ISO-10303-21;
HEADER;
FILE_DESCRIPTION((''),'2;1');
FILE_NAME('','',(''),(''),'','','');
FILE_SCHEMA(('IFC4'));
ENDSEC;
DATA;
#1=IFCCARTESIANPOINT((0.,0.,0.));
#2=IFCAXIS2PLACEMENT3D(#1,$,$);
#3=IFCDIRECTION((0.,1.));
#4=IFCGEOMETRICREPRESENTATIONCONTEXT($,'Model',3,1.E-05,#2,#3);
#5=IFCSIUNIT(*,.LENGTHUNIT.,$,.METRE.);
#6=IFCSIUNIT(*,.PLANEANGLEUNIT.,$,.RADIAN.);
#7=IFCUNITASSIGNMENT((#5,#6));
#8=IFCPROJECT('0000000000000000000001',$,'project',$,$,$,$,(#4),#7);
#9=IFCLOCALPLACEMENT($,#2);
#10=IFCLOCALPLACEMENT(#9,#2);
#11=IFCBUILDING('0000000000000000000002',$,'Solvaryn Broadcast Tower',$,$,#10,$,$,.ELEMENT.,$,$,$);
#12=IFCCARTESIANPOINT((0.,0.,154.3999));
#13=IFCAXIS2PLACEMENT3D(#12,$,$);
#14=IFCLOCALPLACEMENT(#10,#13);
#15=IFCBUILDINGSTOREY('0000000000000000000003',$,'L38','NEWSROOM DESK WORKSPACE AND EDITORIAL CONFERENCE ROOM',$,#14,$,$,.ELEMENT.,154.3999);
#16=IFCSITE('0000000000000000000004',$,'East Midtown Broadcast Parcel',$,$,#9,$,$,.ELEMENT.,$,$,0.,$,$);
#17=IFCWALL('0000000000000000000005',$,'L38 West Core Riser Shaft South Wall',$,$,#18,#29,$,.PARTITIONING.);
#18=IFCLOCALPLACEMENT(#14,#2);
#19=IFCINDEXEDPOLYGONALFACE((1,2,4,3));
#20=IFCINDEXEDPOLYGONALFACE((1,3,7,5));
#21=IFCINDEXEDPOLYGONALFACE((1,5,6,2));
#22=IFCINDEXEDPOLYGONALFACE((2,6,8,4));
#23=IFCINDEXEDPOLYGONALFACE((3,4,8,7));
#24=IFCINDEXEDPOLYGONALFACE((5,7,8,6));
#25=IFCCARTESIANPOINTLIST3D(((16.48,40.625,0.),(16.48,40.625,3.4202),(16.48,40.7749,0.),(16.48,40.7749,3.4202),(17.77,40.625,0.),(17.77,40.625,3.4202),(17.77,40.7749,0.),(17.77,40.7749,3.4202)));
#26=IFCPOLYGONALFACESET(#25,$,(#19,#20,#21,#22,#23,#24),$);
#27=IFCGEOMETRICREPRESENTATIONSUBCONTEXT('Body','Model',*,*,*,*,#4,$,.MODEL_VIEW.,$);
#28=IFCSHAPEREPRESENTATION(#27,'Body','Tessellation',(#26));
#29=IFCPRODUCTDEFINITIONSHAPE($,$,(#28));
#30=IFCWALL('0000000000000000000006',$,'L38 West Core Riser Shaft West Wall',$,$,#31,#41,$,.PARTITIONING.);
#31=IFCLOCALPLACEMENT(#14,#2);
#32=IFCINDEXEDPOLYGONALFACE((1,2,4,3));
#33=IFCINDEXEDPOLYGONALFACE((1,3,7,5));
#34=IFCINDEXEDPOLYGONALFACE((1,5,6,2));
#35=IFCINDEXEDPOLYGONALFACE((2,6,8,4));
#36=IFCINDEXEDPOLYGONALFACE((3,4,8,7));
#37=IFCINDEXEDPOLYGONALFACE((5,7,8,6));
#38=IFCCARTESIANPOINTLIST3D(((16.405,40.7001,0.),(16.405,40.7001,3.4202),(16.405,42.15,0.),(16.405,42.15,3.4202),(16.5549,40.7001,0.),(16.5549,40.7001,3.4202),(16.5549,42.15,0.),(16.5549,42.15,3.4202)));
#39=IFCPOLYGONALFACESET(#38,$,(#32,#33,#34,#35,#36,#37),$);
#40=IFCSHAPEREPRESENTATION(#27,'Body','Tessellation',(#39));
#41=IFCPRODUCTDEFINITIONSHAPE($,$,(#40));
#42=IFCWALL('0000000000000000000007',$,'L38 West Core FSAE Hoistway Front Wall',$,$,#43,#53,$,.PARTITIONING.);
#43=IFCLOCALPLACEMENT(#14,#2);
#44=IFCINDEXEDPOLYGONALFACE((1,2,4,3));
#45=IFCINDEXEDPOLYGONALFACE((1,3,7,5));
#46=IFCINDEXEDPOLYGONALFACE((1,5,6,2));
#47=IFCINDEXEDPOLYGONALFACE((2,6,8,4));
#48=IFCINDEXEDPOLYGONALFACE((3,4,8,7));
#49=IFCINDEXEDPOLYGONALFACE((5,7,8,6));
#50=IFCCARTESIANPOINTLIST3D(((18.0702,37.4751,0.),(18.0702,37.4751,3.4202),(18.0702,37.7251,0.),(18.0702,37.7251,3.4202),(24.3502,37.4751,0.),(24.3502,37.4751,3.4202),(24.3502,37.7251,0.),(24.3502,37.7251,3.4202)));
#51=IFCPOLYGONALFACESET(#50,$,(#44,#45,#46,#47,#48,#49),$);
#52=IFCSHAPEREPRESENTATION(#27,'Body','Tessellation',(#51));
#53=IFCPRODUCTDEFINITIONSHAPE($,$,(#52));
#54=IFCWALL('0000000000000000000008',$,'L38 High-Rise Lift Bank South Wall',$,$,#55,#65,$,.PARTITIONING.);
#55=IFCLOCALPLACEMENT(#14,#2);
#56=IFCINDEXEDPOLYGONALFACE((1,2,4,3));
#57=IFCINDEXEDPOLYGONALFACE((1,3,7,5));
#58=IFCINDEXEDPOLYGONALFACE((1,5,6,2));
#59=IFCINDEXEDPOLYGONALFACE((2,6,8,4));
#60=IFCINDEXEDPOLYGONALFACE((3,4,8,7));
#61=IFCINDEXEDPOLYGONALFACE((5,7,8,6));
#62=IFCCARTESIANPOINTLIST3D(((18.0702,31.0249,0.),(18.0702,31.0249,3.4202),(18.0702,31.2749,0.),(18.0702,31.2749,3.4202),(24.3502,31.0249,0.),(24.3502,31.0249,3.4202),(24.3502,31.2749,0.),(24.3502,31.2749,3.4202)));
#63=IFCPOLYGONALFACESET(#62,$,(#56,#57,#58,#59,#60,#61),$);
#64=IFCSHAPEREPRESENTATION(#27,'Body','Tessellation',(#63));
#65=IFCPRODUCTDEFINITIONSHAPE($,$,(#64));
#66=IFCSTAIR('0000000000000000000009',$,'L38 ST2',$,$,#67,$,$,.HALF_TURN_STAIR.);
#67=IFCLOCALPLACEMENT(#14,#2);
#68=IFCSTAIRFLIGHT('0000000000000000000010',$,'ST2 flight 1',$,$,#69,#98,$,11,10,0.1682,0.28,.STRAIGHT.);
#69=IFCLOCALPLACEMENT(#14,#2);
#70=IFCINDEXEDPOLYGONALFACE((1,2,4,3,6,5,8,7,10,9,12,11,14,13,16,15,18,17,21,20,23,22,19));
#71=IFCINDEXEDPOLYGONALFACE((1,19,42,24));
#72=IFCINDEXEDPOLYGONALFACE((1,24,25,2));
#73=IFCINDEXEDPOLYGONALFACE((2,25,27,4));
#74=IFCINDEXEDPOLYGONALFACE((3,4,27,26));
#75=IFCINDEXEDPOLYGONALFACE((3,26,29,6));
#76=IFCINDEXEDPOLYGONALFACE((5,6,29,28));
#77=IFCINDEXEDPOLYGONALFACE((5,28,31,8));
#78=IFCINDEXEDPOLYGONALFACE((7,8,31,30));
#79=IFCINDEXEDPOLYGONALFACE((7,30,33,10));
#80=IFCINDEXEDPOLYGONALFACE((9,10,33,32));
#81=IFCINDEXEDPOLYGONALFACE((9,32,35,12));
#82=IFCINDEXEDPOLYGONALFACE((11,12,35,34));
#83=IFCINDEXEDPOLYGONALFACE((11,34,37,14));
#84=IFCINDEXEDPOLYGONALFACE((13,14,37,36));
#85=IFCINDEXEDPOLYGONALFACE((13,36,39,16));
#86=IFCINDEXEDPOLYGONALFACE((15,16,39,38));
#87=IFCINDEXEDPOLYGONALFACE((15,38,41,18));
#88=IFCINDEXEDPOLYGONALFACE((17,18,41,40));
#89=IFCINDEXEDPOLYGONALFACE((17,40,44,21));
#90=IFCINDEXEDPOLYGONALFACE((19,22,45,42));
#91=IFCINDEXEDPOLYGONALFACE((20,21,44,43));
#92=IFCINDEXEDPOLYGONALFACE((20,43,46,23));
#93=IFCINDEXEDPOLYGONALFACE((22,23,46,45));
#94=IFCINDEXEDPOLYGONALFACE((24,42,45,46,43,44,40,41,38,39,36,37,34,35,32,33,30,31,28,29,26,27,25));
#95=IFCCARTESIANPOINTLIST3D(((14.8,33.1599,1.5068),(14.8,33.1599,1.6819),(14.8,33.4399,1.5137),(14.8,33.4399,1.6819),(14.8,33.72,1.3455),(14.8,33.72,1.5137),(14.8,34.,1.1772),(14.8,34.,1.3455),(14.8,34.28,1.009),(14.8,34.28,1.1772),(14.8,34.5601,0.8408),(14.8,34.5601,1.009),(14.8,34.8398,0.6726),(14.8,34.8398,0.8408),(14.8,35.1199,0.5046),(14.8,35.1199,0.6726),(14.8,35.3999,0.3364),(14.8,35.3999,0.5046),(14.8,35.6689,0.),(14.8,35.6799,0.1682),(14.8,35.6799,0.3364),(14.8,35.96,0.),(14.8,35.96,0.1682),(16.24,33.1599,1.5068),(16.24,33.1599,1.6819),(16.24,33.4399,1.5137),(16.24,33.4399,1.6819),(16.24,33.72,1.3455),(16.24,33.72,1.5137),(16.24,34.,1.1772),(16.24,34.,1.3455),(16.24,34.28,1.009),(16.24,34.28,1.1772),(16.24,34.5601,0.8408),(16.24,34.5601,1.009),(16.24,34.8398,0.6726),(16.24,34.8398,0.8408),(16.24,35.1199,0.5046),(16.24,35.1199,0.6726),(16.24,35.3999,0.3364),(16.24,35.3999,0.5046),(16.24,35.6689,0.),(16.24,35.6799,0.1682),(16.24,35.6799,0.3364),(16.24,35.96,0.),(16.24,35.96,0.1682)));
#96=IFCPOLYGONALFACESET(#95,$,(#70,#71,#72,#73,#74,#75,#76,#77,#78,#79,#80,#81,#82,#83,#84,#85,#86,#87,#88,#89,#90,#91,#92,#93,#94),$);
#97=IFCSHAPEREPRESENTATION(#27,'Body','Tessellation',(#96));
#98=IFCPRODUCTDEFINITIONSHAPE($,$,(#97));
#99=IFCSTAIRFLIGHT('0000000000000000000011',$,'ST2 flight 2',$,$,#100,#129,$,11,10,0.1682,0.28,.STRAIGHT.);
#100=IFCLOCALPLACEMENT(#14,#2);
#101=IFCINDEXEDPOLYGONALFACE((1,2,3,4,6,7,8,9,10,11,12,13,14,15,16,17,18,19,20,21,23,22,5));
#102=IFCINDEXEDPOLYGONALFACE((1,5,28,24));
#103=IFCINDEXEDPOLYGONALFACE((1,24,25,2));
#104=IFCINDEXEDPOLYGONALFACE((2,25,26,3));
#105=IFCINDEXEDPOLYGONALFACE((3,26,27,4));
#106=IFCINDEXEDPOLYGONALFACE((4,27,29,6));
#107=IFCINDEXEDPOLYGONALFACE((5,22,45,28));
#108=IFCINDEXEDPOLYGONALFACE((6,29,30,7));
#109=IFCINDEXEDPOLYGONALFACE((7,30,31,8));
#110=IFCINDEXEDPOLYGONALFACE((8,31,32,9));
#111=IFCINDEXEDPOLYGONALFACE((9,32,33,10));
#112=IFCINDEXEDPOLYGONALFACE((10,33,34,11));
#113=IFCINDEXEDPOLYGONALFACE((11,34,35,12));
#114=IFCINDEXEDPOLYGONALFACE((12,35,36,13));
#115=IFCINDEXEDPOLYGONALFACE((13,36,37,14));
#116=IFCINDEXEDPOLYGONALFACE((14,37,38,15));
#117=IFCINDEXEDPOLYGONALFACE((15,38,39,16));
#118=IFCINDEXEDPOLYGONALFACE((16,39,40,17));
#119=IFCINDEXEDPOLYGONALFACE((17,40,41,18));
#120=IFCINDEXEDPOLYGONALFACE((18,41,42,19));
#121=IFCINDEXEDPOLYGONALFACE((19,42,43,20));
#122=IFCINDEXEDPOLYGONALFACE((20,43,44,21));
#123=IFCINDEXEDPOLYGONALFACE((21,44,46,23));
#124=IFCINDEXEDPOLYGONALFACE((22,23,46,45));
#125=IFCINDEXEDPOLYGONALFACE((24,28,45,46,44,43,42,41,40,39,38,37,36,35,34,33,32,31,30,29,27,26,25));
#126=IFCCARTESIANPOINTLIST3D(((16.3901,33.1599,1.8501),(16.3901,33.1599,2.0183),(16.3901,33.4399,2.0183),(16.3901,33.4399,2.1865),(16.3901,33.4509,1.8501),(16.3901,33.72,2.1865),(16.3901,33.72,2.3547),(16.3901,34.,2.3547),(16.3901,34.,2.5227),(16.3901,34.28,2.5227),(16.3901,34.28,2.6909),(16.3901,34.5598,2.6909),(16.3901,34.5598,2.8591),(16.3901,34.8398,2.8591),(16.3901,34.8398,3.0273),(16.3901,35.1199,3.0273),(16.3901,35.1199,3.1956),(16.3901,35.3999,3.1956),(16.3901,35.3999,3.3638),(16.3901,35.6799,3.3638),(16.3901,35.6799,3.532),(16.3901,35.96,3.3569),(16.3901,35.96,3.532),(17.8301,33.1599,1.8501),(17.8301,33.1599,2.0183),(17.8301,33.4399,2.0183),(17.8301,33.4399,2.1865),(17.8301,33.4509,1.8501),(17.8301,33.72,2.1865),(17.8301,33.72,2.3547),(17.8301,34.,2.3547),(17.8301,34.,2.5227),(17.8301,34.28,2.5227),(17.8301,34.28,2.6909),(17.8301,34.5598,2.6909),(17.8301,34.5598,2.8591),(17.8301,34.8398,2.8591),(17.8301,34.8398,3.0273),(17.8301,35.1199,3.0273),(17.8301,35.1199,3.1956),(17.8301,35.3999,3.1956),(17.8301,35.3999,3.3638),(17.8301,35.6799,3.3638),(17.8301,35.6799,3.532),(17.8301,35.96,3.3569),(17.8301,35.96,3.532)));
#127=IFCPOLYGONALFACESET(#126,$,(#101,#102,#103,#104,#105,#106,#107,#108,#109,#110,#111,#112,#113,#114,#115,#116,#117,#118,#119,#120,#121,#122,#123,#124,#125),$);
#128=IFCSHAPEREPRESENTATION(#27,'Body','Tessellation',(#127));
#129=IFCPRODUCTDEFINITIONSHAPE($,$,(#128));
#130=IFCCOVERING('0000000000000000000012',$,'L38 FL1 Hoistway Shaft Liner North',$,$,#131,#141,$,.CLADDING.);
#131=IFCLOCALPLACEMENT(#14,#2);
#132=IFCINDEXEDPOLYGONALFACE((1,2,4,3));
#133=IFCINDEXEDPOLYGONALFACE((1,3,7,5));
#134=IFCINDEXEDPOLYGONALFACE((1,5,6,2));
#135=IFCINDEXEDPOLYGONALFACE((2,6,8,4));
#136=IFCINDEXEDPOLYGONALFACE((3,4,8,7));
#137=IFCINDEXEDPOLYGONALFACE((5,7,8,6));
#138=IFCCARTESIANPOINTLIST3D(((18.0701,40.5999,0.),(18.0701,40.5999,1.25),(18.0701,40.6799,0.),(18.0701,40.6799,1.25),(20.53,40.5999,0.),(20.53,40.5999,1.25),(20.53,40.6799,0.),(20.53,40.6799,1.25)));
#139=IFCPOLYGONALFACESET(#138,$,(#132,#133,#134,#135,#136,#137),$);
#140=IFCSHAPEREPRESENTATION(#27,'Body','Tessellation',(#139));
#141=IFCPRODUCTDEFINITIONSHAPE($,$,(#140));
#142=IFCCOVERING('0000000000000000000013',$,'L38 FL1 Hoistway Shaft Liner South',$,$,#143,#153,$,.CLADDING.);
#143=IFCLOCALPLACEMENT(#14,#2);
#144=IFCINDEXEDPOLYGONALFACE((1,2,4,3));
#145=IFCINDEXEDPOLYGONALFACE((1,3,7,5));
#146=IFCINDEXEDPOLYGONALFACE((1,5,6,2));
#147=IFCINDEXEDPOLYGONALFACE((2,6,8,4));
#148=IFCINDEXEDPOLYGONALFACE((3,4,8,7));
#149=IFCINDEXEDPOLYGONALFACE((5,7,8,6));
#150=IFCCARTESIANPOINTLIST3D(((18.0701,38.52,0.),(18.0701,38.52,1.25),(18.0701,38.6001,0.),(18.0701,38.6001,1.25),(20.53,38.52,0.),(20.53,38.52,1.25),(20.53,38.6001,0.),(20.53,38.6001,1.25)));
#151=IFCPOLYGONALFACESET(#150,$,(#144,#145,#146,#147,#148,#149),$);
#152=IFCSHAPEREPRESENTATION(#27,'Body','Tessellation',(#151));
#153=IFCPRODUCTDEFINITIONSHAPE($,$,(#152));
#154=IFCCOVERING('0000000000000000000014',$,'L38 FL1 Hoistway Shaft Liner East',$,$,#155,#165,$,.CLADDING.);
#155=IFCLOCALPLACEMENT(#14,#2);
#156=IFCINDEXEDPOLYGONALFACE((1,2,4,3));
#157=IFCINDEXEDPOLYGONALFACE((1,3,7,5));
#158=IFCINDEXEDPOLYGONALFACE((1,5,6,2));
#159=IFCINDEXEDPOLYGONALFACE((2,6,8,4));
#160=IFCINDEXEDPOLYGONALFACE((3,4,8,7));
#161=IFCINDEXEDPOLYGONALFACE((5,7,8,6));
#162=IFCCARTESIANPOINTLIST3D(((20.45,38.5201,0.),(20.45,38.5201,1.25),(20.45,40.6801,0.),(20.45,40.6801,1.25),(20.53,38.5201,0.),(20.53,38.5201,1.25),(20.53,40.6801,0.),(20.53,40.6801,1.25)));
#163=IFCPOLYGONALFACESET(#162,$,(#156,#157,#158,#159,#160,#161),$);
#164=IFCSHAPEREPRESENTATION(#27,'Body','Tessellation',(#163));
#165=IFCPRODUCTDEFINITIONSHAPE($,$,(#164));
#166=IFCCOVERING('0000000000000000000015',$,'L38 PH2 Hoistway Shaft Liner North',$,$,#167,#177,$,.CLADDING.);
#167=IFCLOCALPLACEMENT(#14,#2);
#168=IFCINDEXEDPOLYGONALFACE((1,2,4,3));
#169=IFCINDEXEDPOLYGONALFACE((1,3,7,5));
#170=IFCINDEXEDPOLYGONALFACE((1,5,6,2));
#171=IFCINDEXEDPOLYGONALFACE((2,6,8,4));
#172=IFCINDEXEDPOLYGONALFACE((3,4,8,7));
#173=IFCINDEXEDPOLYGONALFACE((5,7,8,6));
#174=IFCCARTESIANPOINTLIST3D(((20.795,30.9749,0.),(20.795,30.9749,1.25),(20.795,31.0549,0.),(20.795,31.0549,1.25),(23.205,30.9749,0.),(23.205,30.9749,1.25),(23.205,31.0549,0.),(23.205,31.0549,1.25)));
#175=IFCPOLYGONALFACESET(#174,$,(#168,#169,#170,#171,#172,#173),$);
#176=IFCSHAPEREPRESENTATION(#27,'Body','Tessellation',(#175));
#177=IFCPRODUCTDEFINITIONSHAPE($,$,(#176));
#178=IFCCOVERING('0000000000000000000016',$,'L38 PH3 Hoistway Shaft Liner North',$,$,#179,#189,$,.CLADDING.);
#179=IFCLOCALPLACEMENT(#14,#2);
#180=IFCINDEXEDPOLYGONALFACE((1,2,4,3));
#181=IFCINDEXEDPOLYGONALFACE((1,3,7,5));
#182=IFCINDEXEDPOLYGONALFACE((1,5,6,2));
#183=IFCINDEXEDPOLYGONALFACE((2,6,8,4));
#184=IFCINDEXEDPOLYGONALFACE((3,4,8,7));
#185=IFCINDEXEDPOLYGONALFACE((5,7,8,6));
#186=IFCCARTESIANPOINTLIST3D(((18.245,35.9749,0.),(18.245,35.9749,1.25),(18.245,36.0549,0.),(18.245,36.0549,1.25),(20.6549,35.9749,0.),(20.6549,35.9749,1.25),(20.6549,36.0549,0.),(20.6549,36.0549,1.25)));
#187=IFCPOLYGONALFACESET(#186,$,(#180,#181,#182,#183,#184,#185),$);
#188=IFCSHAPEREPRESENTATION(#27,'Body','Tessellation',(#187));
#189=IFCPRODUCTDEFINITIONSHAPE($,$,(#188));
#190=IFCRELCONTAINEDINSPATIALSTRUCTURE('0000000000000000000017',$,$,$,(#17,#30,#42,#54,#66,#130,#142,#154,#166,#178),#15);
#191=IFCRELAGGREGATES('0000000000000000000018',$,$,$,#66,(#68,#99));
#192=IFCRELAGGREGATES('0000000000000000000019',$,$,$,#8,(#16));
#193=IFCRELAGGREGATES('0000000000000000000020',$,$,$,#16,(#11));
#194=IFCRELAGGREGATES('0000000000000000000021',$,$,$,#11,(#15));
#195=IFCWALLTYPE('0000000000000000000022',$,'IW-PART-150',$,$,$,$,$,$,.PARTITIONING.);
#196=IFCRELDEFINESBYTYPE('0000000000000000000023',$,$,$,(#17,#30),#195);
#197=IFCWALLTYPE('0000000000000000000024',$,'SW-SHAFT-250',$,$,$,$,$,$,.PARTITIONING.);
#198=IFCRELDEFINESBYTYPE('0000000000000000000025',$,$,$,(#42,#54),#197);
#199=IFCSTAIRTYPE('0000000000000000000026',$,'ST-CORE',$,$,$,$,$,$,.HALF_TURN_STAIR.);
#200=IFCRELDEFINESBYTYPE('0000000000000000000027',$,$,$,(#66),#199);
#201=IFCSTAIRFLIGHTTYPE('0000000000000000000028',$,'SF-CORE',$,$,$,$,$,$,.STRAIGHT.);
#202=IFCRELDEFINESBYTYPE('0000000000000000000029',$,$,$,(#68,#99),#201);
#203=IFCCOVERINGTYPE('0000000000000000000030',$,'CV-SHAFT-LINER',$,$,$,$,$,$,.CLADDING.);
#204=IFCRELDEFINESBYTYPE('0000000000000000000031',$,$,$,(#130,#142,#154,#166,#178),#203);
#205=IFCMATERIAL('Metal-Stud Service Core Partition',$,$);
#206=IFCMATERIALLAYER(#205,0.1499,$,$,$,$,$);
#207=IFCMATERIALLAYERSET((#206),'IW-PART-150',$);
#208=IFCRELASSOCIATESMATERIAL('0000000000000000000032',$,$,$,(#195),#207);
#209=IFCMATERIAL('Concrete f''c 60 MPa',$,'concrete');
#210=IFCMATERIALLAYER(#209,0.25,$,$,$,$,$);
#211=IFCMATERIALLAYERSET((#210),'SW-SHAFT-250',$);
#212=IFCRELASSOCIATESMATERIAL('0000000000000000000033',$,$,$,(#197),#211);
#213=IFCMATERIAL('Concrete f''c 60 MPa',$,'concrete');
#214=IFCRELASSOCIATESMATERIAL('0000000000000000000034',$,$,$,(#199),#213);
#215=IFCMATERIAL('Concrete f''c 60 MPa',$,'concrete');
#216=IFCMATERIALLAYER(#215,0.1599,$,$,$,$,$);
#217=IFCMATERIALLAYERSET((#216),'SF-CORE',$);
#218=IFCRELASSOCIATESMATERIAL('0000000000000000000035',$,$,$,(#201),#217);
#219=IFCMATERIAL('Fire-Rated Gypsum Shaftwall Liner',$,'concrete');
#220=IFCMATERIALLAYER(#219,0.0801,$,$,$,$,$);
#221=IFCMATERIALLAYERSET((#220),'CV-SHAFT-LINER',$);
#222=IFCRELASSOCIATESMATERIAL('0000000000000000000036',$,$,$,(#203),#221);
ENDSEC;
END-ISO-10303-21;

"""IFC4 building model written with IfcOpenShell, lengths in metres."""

from ifc_helpers import new_model, si_unit, direction, frame, frame_2d, origin, origin_2d, place, context, subcontext, project, spatial, polyline, rectangle, outline, extrude, material, layer, layer_set, type_object, element, aggregate, save


model = new_model("IFC4")

# Units and contexts
model_context = context("Model", 3, precision=1e-05, world=origin(), true_north=direction((0.0, 1.0)))
body_context = subcontext(model_context, "Body", "Model", "MODEL_VIEW")
ifc_project = project(units=[si_unit("LENGTHUNIT", "METRE"), si_unit("PLANEANGLEUNIT", "RADIAN")], contexts=[model_context])

# Site, building, storey
site_placement = place(None, origin())
site = spatial("IfcSite", under=ifc_project, at=site_placement, Name="East Midtown Broadcast Parcel", CompositionType="ELEMENT", RefElevation=0.0)
building_placement = place(site_placement, origin())
building = spatial("IfcBuilding", under=site, at=building_placement, Name="Solvaryn Broadcast Tower", CompositionType="ELEMENT")
storey_placement = place(building_placement, frame((0.0, 0.0, 154.3999)))
storey = spatial("IfcBuildingStorey", under=building, at=storey_placement, Name="L38", Description="NEWSROOM DESK WORKSPACE AND EDITORIAL CONFERENCE ROOM", CompositionType="ELEMENT", Elevation=154.3999)

# Walls
ifc_material_1 = material(Name="Metal-Stud Service Core Partition")
ifc_layer_1 = layer(ifc_material_1, 0.1499)
ifc_layer_set_1 = layer_set([ifc_layer_1], Name="IW-PART-150")
wall_type_1 = type_object("IfcWallType", Name="IW-PART-150", PredefinedType="PARTITIONING", material=ifc_layer_set_1)
wall_1_placement = place(storey_placement, frame((16.48, 40.7, 0.0), z_axis=(0.0, 0.0, 1.0), x_axis=(1.0, 0.0, 0.0)))
element("IfcWall", 1, at=wall_1_placement, inside=storey, type_object=wall_type_1, Name="L38 West Core Riser Shaft South Wall", PredefinedType="PARTITIONING", context=body_context, shape_type="SweptSolid", body=[
    extrude(rectangle(XDim=1.29, YDim=0.1499, at=frame_2d((0.645, 0.0))), origin(), (0.0, 0.0, 1.0), 3.4202),
])
wall_2_placement = place(storey_placement, frame((16.48, 40.7, 0.0), z_axis=(0.0, 0.0, 1.0), x_axis=(0.0, 1.0, 0.0)))
element("IfcWall", 2, at=wall_2_placement, inside=storey, type_object=wall_type_1, Name="L38 West Core Riser Shaft West Wall", PredefinedType="PARTITIONING", context=body_context, shape_type="SweptSolid", body=[
    extrude(rectangle(XDim=1.45, YDim=0.1499, at=frame_2d((0.7251, 0.0))), origin(), (0.0, 0.0, 1.0), 3.4202),
])
ifc_material_2 = material(Name="Concrete f'c 60 MPa", Category="concrete")
ifc_layer_2 = layer(ifc_material_2, 0.25)
ifc_layer_set_2 = layer_set([ifc_layer_2], Name="SW-SHAFT-250")
wall_type_2 = type_object("IfcWallType", Name="SW-SHAFT-250", PredefinedType="PARTITIONING", material=ifc_layer_set_2)
for number, where, z_axis, x_axis, name in (
    (3, (18.0701, 37.6001, 0.0), (0.0, 0.0, 1.0), (1.0, 0.0, 0.0), "L38 West Core FSAE Hoistway Front Wall"),
    (4, (18.0701, 31.1499, 0.0), (0.0, 0.0, 1.0), (1.0, 0.0, 0.0), "L38 High-Rise Lift Bank South Wall"),
):
    element("IfcWall", number, at=place(storey_placement, frame(where, z_axis=z_axis, x_axis=x_axis)), inside=storey, type_object=wall_type_2, Name=name, PredefinedType="PARTITIONING", context=body_context, shape_type="SweptSolid", body=[
        extrude(rectangle(XDim=6.28, YDim=0.25, at=frame_2d((3.1401, 0.0))), origin(), (0.0, 0.0, 1.0), 3.4202),
    ])

# Stair, stair flights
ifc_material_3 = material(Name="Concrete f'c 60 MPa", Category="concrete")
stair_type = type_object("IfcStairType", Name="ST-CORE", PredefinedType="HALF_TURN_STAIR", material=ifc_material_3)
stair_placement = place(storey_placement, origin())
stair = element("IfcStair", 5, at=stair_placement, inside=storey, type_object=stair_type, Name="L38 ST2", PredefinedType="HALF_TURN_STAIR")
ifc_material_4 = material(Name="Concrete f'c 60 MPa", Category="concrete")
ifc_layer_3 = layer(ifc_material_4, 0.1599)
ifc_layer_set_3 = layer_set([ifc_layer_3], Name="SF-CORE")
stair_flight_type = type_object("IfcStairFlightType", Name="SF-CORE", PredefinedType="STRAIGHT", material=ifc_layer_set_3)
stair_flight_1_placement = place(storey_placement, frame((15.52, 35.96, 0.0), z_axis=(0.0, 0.0, 1.0), x_axis=(0.0, -1.0, 0.0)))
stair_flight_1 = element("IfcStairFlight", 6, at=stair_flight_1_placement, type_object=stair_flight_type, Name="ST2 flight 1", NumberOfRisers=11, NumberOfTreads=10, PredefinedType="STRAIGHT", RiserHeight=0.1682, TreadLength=0.28, context=body_context, shape_type="SweptSolid", body=[
    extrude(outline(polyline([(0.0, 0.0), (0.0, 0.1682), (0.28, 0.1682), (0.28, 0.3364), (0.5601, 0.3364), (0.5601, 0.5046), (0.8401, 0.5046), (0.8401, 0.6726), (1.1201, 0.6726), (1.1201, 0.8408), (1.3999, 0.8408), (1.3999, 1.009), (1.6799, 1.009), (1.6799, 1.1772), (1.96, 1.1772), (1.96, 1.3455), (2.24, 1.3455), (2.24, 1.5137), (2.52, 1.5137), (2.52, 1.6819), (2.8, 1.6819), (2.8, 1.8501), (2.8, 1.5068), (0.291, 0.0), (0.0, 0.0)])), frame((0.0, 0.72, 0.0), z_axis=(0.0, -1.0, 0.0), x_axis=(1.0, 0.0, 0.0)), (0.0, 0.0, 1.0), 1.4399),
])
stair_flight_2_placement = place(storey_placement, frame((17.1101, 33.1599, 1.8501), z_axis=(0.0, 0.0, 1.0), x_axis=(0.0, 1.0, 0.0)))
stair_flight_2 = element("IfcStairFlight", 7, at=stair_flight_2_placement, type_object=stair_flight_type, Name="ST2 flight 2", NumberOfRisers=11, NumberOfTreads=10, PredefinedType="STRAIGHT", RiserHeight=0.1682, TreadLength=0.28, context=body_context, shape_type="SweptSolid", body=[
    extrude(outline(polyline([(0.0, 0.0), (0.0, 0.1682), (0.28, 0.1682), (0.28, 0.3364), (0.5601, 0.3364), (0.5601, 0.5046), (0.8401, 0.5046), (0.8401, 0.6726), (1.1201, 0.6726), (1.1201, 0.8408), (1.3999, 0.8408), (1.3999, 1.009), (1.6799, 1.009), (1.6799, 1.1772), (1.96, 1.1772), (1.96, 1.3455), (2.24, 1.3455), (2.24, 1.5137), (2.52, 1.5137), (2.52, 1.6819), (2.8, 1.6819), (2.8, 1.8501), (2.8, 1.5068), (0.291, 0.0), (0.0, 0.0)])), frame((0.0, 0.72, 0.0), z_axis=(0.0, -1.0, 0.0), x_axis=(1.0, 0.0, 0.0)), (0.0, 0.0, 1.0), 1.4399),
])
aggregate(stair, [stair_flight_1, stair_flight_2])

# Coverings
ifc_material_5 = material(Name="Fire-Rated Gypsum Shaftwall Liner", Category="concrete")
ifc_layer_4 = layer(ifc_material_5, 0.0801)
ifc_layer_set_4 = layer_set([ifc_layer_4], Name="CV-SHAFT-LINER")
covering_type = type_object("IfcCoveringType", Name="CV-SHAFT-LINER", PredefinedType="CLADDING", material=ifc_layer_set_4)
for number, where, z_axis, x_axis, name in (
    (8, (19.3, 40.6399, 0.0), (0.0, 0.0, 1.0), (1.0, 0.0, 0.0), "L38 FL1 Hoistway Shaft Liner North"),
    (9, (19.3, 38.5601, 0.0), (0.0, 0.0, 1.0), (1.0, 0.0, 0.0), "L38 FL1 Hoistway Shaft Liner South"),
):
    element("IfcCovering", number, at=place(storey_placement, frame(where, z_axis=z_axis, x_axis=x_axis)), inside=storey, type_object=covering_type, Name=name, PredefinedType="CLADDING", context=body_context, shape_type="SweptSolid", body=[
        extrude(rectangle(XDim=2.46, YDim=0.0801, at=origin_2d()), origin(), (0.0, 0.0, 1.0), 1.25),
    ])
covering_placement = place(storey_placement, frame((20.49, 39.6001, 0.0), z_axis=(0.0, 0.0, 1.0), x_axis=(1.0, 0.0, 0.0)))
element("IfcCovering", 10, at=covering_placement, inside=storey, type_object=covering_type, Name="L38 FL1 Hoistway Shaft Liner East", PredefinedType="CLADDING", context=body_context, shape_type="SweptSolid", body=[
    extrude(rectangle(XDim=0.0801, YDim=2.1599, at=origin_2d()), origin(), (0.0, 0.0, 1.0), 1.25),
])
for number, where, z_axis, x_axis, name in (
    (11, (22.0, 31.0149, 0.0), (0.0, 0.0, 1.0), (1.0, 0.0, 0.0), "L38 PH2 Hoistway Shaft Liner North"),
    (12, (19.45, 36.0149, 0.0), (0.0, 0.0, 1.0), (1.0, 0.0, 0.0), "L38 PH3 Hoistway Shaft Liner North"),
):
    element("IfcCovering", number, at=place(storey_placement, frame(where, z_axis=z_axis, x_axis=x_axis)), inside=storey, type_object=covering_type, Name=name, PredefinedType="CLADDING", context=body_context, shape_type="SweptSolid", body=[
        extrude(rectangle(XDim=2.4099, YDim=0.0801, at=origin_2d()), origin(), (0.0, 0.0, 1.0), 1.25),
    ])

save(model, "model.ifc")
